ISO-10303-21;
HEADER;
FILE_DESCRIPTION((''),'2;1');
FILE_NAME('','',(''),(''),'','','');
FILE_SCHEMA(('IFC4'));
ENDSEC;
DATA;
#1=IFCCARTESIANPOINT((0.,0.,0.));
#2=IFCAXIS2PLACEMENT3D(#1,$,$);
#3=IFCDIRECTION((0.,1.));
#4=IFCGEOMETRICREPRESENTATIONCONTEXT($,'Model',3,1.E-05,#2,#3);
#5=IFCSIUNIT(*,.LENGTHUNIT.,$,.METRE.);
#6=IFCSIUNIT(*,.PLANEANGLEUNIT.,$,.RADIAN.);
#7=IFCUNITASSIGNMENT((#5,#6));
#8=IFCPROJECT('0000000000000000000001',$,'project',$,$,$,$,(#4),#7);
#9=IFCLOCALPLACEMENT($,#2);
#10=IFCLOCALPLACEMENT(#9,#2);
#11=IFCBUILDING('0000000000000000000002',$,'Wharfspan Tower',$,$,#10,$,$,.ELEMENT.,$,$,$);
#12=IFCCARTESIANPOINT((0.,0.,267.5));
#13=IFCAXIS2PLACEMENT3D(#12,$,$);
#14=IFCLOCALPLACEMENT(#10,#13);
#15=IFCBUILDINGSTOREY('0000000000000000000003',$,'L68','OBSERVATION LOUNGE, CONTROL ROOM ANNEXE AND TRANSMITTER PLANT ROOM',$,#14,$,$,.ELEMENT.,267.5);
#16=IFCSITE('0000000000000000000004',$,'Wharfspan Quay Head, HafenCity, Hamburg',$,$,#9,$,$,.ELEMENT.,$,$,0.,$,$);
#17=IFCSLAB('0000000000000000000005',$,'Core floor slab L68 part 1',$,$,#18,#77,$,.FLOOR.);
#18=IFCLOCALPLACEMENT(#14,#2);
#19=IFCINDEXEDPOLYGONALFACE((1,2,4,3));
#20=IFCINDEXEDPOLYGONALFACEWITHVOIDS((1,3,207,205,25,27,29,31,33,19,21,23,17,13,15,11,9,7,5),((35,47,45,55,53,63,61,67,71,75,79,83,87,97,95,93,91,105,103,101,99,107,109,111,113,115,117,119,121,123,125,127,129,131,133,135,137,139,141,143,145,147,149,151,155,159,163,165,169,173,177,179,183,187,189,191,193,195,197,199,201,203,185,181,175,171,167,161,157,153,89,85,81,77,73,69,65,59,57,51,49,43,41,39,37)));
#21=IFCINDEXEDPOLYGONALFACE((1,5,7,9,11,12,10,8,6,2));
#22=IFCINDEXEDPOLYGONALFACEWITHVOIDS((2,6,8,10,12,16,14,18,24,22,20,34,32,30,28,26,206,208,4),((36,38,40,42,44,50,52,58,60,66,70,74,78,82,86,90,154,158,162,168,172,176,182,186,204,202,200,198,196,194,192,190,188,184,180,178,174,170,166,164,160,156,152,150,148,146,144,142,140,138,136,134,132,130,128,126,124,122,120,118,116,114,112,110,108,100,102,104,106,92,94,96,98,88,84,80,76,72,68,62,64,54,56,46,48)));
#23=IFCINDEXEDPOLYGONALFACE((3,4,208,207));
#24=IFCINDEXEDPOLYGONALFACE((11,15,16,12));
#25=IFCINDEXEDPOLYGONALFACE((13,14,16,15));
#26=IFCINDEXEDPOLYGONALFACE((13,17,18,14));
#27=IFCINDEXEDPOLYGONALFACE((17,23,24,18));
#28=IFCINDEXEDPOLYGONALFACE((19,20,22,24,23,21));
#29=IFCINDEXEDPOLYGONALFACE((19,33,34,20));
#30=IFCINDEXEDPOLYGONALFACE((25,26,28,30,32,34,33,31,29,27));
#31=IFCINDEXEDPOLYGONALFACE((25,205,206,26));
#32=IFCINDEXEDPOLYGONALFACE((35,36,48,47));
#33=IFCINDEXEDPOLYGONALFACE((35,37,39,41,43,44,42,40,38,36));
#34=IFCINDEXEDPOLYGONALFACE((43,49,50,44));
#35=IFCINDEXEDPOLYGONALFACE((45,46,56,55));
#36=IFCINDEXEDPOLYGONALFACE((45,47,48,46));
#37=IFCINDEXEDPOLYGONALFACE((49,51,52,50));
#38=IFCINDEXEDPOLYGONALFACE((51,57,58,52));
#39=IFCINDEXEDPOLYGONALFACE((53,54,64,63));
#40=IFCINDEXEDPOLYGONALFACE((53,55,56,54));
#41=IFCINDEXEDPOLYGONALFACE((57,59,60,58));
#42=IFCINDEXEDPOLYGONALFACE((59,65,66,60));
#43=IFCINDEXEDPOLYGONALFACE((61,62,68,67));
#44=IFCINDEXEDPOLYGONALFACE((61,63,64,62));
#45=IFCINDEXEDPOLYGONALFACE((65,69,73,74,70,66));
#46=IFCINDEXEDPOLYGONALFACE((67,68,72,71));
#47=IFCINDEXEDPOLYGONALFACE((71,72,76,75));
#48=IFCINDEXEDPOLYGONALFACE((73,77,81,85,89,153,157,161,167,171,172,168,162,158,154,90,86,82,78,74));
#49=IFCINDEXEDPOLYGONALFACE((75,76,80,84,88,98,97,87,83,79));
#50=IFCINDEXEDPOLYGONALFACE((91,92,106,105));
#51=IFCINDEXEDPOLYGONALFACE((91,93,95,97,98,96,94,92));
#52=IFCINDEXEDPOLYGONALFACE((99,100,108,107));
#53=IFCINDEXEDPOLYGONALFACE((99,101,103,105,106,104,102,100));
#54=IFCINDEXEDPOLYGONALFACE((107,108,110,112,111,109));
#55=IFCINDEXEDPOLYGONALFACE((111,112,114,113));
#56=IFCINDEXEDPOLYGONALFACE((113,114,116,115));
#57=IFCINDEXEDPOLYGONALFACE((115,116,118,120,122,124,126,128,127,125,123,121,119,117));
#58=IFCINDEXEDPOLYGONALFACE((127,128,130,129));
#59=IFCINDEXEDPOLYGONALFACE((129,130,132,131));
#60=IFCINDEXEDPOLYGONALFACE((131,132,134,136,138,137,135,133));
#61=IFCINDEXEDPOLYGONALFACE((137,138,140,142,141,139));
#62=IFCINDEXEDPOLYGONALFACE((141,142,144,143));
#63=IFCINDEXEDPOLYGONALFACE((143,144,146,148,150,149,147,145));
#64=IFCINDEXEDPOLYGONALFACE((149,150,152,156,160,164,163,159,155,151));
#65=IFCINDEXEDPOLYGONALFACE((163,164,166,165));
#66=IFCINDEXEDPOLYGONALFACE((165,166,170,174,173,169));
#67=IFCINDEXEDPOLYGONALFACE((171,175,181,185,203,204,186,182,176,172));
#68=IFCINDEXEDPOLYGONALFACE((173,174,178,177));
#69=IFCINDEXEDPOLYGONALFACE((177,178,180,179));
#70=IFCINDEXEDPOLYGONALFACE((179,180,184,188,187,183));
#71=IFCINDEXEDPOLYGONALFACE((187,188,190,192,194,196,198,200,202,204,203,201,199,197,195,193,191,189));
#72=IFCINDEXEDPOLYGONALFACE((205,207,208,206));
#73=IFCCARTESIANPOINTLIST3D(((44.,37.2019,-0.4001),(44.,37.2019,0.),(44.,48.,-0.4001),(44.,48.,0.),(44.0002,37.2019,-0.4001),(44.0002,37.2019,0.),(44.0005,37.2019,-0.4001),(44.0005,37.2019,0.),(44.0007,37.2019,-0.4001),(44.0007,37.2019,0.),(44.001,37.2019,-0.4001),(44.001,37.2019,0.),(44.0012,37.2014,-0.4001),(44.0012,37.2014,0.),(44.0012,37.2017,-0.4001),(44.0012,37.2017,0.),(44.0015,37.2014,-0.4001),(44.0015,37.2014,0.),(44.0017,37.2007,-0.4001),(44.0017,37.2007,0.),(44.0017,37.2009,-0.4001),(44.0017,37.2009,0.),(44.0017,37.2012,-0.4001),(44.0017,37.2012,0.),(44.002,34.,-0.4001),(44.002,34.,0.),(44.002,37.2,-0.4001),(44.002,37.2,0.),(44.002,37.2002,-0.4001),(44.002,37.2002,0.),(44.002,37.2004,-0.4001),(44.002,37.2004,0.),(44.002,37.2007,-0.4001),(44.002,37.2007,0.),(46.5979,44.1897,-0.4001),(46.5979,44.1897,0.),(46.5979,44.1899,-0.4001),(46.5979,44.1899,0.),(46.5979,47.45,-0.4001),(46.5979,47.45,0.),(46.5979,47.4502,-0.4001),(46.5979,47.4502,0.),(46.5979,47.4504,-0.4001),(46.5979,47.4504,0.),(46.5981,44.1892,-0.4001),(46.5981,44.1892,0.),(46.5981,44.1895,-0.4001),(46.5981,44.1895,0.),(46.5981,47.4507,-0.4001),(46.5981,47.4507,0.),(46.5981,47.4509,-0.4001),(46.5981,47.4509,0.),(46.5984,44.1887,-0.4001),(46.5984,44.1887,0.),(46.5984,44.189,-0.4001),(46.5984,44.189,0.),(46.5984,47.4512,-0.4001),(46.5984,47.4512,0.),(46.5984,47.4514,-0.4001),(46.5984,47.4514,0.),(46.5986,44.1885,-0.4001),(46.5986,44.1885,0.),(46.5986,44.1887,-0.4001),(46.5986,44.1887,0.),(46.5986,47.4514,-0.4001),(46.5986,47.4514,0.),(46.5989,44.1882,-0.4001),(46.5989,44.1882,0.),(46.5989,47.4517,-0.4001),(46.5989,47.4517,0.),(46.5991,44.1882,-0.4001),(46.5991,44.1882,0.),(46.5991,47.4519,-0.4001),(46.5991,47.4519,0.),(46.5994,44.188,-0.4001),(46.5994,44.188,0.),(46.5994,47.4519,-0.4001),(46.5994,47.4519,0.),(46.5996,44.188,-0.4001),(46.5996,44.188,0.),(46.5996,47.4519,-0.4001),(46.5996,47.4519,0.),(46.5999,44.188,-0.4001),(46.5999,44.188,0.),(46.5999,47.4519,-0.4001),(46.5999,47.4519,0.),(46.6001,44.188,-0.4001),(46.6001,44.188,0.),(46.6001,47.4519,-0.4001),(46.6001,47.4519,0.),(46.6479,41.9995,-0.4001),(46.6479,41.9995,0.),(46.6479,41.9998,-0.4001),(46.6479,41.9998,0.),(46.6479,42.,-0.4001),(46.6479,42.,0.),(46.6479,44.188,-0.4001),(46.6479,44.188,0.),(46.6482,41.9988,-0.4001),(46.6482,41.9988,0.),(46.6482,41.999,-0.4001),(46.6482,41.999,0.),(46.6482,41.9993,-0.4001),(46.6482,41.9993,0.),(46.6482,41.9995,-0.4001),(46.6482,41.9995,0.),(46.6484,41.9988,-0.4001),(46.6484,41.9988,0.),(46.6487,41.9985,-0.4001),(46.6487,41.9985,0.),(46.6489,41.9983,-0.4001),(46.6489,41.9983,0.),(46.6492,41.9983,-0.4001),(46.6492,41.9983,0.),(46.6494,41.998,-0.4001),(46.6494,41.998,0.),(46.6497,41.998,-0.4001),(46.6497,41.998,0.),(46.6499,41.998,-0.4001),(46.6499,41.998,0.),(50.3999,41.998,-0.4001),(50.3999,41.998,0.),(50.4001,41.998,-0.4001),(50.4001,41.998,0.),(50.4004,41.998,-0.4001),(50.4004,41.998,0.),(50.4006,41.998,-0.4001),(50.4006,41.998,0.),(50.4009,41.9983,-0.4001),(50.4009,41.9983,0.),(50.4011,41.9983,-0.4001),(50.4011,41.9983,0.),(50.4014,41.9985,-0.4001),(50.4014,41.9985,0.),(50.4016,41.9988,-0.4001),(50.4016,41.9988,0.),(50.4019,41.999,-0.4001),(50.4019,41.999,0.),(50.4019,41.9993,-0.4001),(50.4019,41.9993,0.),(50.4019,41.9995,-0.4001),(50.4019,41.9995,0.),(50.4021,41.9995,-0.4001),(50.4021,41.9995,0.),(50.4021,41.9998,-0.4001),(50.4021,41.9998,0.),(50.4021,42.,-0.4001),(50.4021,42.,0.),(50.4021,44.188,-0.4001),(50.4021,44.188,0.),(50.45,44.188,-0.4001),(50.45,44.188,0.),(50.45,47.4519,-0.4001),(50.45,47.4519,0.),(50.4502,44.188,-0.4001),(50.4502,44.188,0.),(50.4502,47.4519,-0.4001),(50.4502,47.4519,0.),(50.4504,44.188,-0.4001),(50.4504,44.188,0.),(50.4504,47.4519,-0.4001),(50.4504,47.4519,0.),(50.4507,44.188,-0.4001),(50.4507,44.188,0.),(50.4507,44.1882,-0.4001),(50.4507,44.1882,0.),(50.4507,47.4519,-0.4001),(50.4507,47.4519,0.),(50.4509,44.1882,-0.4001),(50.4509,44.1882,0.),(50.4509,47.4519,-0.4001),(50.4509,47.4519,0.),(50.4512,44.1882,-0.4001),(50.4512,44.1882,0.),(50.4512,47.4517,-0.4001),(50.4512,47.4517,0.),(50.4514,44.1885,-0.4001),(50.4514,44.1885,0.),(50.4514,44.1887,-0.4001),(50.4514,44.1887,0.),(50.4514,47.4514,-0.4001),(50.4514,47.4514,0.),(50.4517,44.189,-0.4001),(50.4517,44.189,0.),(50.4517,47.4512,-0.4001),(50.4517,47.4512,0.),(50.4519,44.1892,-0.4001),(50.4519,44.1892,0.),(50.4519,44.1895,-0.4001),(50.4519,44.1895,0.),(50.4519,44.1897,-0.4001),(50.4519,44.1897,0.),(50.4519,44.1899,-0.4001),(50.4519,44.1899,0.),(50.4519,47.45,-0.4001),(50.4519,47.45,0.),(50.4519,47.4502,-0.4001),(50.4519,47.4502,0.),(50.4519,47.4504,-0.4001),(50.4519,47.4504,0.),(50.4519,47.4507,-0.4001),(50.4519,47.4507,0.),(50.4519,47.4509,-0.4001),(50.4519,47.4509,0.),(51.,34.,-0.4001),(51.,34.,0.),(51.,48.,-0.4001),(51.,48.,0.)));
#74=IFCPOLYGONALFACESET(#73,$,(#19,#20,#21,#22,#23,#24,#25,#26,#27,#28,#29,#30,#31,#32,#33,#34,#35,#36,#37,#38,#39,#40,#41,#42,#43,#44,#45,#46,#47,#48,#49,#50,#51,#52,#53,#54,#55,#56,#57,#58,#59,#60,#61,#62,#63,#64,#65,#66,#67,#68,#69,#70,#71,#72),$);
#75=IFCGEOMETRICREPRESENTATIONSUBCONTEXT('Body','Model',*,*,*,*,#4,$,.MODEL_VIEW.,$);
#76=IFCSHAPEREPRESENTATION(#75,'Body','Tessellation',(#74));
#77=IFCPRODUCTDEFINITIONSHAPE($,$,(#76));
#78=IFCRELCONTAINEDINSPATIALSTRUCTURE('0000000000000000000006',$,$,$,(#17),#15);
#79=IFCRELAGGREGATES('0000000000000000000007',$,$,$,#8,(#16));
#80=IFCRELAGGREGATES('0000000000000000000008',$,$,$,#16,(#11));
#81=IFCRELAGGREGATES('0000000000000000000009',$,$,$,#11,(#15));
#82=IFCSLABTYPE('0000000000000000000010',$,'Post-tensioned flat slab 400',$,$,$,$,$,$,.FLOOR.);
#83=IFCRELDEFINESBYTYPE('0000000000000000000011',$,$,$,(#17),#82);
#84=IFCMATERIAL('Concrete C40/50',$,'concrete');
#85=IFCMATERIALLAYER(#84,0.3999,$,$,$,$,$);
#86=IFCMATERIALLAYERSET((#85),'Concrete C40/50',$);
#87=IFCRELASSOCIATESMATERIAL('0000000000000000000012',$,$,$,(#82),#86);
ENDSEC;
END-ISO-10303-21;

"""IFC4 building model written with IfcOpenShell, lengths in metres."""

from ifc_helpers import new_model, si_unit, direction, frame, origin, place, context, subcontext, project, spatial, polyline, outline, extrude, material, layer, layer_set, type_object, element, save


model = new_model("IFC4")

# Units and contexts
model_context = context("Model", 3, precision=1e-05, world=origin(), true_north=direction((0.0, 1.0)))
body_context = subcontext(model_context, "Body", "Model", "MODEL_VIEW")
ifc_project = project(units=[si_unit("LENGTHUNIT", "METRE"), si_unit("PLANEANGLEUNIT", "RADIAN")], contexts=[model_context])

# Site, building, storey
site_placement = place(None, origin())
site = spatial("IfcSite", under=ifc_project, at=site_placement, Name="Wharfspan Quay Head, HafenCity, Hamburg", CompositionType="ELEMENT", RefElevation=0.0)
building_placement = place(site_placement, origin())
building = spatial("IfcBuilding", under=site, at=building_placement, Name="Wharfspan Tower", CompositionType="ELEMENT")
storey_placement = place(building_placement, frame((0.0, 0.0, 267.5)))
storey = spatial("IfcBuildingStorey", under=building, at=storey_placement, Name="L68", Description="OBSERVATION LOUNGE, CONTROL ROOM ANNEXE AND TRANSMITTER PLANT ROOM", CompositionType="ELEMENT", Elevation=267.5)

# Slab
ifc_material_1 = material(Name="Concrete C40/50", Category="concrete")
ifc_layer_1 = layer(ifc_material_1, 0.3999)
ifc_layer_set_1 = layer_set([ifc_layer_1], Name="Concrete C40/50")
slab_type_1 = type_object("IfcSlabType", Name="Post-tensioned flat slab 400", PredefinedType="FLOOR", material=ifc_layer_set_1)
slab_1_placement = place(storey_placement, frame((0.0, 0.0, -0.4001)))
element("IfcSlab", 1, at=slab_1_placement, inside=storey, type_object=slab_type_1, Name="Core floor slab L68 part 1", PredefinedType="FLOOR", context=body_context, shape_type="SweptSolid", body=[
    extrude(outline(polyline([(51.0, 34.0), (51.0, 48.0), (44.0, 48.0), (44.0, 37.2019), (44.0002, 37.2019), (44.0005, 37.2019), (44.0005, 37.2019), (44.0007, 37.2019), (44.001, 37.2019), (44.0012, 37.2017), (44.0012, 37.2014), (44.0015, 37.2014), (44.0015, 37.2014), (44.0017, 37.2012), (44.0017, 37.2009), (44.0017, 37.2007), (44.002, 37.2007), (44.002, 37.2004), (44.002, 37.2002), (44.002, 37.2), (44.002, 34.0), (51.0, 34.0)]), holes=[polyline([(50.4021, 42.0), (50.4021, 41.9998), (50.4021, 41.9995), (50.4019, 41.9995), (50.4019, 41.9993), (50.4019, 41.999), (50.4016, 41.9988), (50.4016, 41.9988), (50.4014, 41.9985), (50.4014, 41.9985), (50.4011, 41.9983), (50.4009, 41.9983), (50.4009, 41.9983), (50.4006, 41.998), (50.4004, 41.998), (50.4001, 41.998), (50.3999, 41.998), (46.6499, 41.998), (46.6499, 41.998), (46.6497, 41.998), (46.6494, 41.998), (46.6492, 41.9983), (46.6492, 41.9983), (46.6489, 41.9983), (46.6487, 41.9985), (46.6487, 41.9985), (46.6484, 41.9988), (46.6482, 41.9988), (46.6482, 41.999), (46.6482, 41.9993), (46.6482, 41.9995), (46.6479, 41.9995), (46.6479, 41.9998), (46.6479, 42.0), (46.6479, 44.188), (46.6001, 44.188), (46.5999, 44.188), (46.5996, 44.188), (46.5994, 44.188), (46.5991, 44.1882), (46.5991, 44.1882), (46.5989, 44.1882), (46.5986, 44.1885), (46.5986, 44.1887), (46.5984, 44.1887), (46.5984, 44.189), (46.5981, 44.1892), (46.5981, 44.1892), (46.5981, 44.1895), (46.5979, 44.1897), (46.5979, 44.1897), (46.5979, 44.1899), (46.5979, 47.45), (46.5979, 47.4502), (46.5979, 47.4504), (46.5981, 47.4507), (46.5981, 47.4507), (46.5981, 47.4509), (46.5984, 47.4512), (46.5984, 47.4514), (46.5986, 47.4514), (46.5986, 47.4514), (46.5989, 47.4517), (46.5991, 47.4519), (46.5991, 47.4519), (46.5994, 47.4519), (46.5996, 47.4519), (46.5999, 47.4519), (46.6001, 47.4519), (50.45, 47.4519), (50.4502, 47.4519), (50.4504, 47.4519), (50.4507, 47.4519), (50.4507, 47.4519), (50.4509, 47.4519), (50.4512, 47.4517), (50.4514, 47.4514), (50.4514, 47.4514), (50.4514, 47.4514), (50.4517, 47.4512), (50.4519, 47.4509), (50.4519, 47.4507), (50.4519, 47.4507), (50.4519, 47.4504), (50.4519, 47.4502), (50.4519, 47.45), (50.4519, 44.1899), (50.4519, 44.1897), (50.4519, 44.1897), (50.4519, 44.1895), (50.4519, 44.1892), (50.4519, 44.1892), (50.4517, 44.189), (50.4514, 44.1887), (50.4514, 44.1887), (50.4514, 44.1885), (50.4512, 44.1882), (50.4509, 44.1882), (50.4507, 44.1882), (50.4507, 44.188), (50.4504, 44.188), (50.4502, 44.188), (50.45, 44.188), (50.4021, 44.188), (50.4021, 42.0)])]), origin(), (0.0, 0.0, 1.0), 0.4001),
])

save(model, "model.ifc")
